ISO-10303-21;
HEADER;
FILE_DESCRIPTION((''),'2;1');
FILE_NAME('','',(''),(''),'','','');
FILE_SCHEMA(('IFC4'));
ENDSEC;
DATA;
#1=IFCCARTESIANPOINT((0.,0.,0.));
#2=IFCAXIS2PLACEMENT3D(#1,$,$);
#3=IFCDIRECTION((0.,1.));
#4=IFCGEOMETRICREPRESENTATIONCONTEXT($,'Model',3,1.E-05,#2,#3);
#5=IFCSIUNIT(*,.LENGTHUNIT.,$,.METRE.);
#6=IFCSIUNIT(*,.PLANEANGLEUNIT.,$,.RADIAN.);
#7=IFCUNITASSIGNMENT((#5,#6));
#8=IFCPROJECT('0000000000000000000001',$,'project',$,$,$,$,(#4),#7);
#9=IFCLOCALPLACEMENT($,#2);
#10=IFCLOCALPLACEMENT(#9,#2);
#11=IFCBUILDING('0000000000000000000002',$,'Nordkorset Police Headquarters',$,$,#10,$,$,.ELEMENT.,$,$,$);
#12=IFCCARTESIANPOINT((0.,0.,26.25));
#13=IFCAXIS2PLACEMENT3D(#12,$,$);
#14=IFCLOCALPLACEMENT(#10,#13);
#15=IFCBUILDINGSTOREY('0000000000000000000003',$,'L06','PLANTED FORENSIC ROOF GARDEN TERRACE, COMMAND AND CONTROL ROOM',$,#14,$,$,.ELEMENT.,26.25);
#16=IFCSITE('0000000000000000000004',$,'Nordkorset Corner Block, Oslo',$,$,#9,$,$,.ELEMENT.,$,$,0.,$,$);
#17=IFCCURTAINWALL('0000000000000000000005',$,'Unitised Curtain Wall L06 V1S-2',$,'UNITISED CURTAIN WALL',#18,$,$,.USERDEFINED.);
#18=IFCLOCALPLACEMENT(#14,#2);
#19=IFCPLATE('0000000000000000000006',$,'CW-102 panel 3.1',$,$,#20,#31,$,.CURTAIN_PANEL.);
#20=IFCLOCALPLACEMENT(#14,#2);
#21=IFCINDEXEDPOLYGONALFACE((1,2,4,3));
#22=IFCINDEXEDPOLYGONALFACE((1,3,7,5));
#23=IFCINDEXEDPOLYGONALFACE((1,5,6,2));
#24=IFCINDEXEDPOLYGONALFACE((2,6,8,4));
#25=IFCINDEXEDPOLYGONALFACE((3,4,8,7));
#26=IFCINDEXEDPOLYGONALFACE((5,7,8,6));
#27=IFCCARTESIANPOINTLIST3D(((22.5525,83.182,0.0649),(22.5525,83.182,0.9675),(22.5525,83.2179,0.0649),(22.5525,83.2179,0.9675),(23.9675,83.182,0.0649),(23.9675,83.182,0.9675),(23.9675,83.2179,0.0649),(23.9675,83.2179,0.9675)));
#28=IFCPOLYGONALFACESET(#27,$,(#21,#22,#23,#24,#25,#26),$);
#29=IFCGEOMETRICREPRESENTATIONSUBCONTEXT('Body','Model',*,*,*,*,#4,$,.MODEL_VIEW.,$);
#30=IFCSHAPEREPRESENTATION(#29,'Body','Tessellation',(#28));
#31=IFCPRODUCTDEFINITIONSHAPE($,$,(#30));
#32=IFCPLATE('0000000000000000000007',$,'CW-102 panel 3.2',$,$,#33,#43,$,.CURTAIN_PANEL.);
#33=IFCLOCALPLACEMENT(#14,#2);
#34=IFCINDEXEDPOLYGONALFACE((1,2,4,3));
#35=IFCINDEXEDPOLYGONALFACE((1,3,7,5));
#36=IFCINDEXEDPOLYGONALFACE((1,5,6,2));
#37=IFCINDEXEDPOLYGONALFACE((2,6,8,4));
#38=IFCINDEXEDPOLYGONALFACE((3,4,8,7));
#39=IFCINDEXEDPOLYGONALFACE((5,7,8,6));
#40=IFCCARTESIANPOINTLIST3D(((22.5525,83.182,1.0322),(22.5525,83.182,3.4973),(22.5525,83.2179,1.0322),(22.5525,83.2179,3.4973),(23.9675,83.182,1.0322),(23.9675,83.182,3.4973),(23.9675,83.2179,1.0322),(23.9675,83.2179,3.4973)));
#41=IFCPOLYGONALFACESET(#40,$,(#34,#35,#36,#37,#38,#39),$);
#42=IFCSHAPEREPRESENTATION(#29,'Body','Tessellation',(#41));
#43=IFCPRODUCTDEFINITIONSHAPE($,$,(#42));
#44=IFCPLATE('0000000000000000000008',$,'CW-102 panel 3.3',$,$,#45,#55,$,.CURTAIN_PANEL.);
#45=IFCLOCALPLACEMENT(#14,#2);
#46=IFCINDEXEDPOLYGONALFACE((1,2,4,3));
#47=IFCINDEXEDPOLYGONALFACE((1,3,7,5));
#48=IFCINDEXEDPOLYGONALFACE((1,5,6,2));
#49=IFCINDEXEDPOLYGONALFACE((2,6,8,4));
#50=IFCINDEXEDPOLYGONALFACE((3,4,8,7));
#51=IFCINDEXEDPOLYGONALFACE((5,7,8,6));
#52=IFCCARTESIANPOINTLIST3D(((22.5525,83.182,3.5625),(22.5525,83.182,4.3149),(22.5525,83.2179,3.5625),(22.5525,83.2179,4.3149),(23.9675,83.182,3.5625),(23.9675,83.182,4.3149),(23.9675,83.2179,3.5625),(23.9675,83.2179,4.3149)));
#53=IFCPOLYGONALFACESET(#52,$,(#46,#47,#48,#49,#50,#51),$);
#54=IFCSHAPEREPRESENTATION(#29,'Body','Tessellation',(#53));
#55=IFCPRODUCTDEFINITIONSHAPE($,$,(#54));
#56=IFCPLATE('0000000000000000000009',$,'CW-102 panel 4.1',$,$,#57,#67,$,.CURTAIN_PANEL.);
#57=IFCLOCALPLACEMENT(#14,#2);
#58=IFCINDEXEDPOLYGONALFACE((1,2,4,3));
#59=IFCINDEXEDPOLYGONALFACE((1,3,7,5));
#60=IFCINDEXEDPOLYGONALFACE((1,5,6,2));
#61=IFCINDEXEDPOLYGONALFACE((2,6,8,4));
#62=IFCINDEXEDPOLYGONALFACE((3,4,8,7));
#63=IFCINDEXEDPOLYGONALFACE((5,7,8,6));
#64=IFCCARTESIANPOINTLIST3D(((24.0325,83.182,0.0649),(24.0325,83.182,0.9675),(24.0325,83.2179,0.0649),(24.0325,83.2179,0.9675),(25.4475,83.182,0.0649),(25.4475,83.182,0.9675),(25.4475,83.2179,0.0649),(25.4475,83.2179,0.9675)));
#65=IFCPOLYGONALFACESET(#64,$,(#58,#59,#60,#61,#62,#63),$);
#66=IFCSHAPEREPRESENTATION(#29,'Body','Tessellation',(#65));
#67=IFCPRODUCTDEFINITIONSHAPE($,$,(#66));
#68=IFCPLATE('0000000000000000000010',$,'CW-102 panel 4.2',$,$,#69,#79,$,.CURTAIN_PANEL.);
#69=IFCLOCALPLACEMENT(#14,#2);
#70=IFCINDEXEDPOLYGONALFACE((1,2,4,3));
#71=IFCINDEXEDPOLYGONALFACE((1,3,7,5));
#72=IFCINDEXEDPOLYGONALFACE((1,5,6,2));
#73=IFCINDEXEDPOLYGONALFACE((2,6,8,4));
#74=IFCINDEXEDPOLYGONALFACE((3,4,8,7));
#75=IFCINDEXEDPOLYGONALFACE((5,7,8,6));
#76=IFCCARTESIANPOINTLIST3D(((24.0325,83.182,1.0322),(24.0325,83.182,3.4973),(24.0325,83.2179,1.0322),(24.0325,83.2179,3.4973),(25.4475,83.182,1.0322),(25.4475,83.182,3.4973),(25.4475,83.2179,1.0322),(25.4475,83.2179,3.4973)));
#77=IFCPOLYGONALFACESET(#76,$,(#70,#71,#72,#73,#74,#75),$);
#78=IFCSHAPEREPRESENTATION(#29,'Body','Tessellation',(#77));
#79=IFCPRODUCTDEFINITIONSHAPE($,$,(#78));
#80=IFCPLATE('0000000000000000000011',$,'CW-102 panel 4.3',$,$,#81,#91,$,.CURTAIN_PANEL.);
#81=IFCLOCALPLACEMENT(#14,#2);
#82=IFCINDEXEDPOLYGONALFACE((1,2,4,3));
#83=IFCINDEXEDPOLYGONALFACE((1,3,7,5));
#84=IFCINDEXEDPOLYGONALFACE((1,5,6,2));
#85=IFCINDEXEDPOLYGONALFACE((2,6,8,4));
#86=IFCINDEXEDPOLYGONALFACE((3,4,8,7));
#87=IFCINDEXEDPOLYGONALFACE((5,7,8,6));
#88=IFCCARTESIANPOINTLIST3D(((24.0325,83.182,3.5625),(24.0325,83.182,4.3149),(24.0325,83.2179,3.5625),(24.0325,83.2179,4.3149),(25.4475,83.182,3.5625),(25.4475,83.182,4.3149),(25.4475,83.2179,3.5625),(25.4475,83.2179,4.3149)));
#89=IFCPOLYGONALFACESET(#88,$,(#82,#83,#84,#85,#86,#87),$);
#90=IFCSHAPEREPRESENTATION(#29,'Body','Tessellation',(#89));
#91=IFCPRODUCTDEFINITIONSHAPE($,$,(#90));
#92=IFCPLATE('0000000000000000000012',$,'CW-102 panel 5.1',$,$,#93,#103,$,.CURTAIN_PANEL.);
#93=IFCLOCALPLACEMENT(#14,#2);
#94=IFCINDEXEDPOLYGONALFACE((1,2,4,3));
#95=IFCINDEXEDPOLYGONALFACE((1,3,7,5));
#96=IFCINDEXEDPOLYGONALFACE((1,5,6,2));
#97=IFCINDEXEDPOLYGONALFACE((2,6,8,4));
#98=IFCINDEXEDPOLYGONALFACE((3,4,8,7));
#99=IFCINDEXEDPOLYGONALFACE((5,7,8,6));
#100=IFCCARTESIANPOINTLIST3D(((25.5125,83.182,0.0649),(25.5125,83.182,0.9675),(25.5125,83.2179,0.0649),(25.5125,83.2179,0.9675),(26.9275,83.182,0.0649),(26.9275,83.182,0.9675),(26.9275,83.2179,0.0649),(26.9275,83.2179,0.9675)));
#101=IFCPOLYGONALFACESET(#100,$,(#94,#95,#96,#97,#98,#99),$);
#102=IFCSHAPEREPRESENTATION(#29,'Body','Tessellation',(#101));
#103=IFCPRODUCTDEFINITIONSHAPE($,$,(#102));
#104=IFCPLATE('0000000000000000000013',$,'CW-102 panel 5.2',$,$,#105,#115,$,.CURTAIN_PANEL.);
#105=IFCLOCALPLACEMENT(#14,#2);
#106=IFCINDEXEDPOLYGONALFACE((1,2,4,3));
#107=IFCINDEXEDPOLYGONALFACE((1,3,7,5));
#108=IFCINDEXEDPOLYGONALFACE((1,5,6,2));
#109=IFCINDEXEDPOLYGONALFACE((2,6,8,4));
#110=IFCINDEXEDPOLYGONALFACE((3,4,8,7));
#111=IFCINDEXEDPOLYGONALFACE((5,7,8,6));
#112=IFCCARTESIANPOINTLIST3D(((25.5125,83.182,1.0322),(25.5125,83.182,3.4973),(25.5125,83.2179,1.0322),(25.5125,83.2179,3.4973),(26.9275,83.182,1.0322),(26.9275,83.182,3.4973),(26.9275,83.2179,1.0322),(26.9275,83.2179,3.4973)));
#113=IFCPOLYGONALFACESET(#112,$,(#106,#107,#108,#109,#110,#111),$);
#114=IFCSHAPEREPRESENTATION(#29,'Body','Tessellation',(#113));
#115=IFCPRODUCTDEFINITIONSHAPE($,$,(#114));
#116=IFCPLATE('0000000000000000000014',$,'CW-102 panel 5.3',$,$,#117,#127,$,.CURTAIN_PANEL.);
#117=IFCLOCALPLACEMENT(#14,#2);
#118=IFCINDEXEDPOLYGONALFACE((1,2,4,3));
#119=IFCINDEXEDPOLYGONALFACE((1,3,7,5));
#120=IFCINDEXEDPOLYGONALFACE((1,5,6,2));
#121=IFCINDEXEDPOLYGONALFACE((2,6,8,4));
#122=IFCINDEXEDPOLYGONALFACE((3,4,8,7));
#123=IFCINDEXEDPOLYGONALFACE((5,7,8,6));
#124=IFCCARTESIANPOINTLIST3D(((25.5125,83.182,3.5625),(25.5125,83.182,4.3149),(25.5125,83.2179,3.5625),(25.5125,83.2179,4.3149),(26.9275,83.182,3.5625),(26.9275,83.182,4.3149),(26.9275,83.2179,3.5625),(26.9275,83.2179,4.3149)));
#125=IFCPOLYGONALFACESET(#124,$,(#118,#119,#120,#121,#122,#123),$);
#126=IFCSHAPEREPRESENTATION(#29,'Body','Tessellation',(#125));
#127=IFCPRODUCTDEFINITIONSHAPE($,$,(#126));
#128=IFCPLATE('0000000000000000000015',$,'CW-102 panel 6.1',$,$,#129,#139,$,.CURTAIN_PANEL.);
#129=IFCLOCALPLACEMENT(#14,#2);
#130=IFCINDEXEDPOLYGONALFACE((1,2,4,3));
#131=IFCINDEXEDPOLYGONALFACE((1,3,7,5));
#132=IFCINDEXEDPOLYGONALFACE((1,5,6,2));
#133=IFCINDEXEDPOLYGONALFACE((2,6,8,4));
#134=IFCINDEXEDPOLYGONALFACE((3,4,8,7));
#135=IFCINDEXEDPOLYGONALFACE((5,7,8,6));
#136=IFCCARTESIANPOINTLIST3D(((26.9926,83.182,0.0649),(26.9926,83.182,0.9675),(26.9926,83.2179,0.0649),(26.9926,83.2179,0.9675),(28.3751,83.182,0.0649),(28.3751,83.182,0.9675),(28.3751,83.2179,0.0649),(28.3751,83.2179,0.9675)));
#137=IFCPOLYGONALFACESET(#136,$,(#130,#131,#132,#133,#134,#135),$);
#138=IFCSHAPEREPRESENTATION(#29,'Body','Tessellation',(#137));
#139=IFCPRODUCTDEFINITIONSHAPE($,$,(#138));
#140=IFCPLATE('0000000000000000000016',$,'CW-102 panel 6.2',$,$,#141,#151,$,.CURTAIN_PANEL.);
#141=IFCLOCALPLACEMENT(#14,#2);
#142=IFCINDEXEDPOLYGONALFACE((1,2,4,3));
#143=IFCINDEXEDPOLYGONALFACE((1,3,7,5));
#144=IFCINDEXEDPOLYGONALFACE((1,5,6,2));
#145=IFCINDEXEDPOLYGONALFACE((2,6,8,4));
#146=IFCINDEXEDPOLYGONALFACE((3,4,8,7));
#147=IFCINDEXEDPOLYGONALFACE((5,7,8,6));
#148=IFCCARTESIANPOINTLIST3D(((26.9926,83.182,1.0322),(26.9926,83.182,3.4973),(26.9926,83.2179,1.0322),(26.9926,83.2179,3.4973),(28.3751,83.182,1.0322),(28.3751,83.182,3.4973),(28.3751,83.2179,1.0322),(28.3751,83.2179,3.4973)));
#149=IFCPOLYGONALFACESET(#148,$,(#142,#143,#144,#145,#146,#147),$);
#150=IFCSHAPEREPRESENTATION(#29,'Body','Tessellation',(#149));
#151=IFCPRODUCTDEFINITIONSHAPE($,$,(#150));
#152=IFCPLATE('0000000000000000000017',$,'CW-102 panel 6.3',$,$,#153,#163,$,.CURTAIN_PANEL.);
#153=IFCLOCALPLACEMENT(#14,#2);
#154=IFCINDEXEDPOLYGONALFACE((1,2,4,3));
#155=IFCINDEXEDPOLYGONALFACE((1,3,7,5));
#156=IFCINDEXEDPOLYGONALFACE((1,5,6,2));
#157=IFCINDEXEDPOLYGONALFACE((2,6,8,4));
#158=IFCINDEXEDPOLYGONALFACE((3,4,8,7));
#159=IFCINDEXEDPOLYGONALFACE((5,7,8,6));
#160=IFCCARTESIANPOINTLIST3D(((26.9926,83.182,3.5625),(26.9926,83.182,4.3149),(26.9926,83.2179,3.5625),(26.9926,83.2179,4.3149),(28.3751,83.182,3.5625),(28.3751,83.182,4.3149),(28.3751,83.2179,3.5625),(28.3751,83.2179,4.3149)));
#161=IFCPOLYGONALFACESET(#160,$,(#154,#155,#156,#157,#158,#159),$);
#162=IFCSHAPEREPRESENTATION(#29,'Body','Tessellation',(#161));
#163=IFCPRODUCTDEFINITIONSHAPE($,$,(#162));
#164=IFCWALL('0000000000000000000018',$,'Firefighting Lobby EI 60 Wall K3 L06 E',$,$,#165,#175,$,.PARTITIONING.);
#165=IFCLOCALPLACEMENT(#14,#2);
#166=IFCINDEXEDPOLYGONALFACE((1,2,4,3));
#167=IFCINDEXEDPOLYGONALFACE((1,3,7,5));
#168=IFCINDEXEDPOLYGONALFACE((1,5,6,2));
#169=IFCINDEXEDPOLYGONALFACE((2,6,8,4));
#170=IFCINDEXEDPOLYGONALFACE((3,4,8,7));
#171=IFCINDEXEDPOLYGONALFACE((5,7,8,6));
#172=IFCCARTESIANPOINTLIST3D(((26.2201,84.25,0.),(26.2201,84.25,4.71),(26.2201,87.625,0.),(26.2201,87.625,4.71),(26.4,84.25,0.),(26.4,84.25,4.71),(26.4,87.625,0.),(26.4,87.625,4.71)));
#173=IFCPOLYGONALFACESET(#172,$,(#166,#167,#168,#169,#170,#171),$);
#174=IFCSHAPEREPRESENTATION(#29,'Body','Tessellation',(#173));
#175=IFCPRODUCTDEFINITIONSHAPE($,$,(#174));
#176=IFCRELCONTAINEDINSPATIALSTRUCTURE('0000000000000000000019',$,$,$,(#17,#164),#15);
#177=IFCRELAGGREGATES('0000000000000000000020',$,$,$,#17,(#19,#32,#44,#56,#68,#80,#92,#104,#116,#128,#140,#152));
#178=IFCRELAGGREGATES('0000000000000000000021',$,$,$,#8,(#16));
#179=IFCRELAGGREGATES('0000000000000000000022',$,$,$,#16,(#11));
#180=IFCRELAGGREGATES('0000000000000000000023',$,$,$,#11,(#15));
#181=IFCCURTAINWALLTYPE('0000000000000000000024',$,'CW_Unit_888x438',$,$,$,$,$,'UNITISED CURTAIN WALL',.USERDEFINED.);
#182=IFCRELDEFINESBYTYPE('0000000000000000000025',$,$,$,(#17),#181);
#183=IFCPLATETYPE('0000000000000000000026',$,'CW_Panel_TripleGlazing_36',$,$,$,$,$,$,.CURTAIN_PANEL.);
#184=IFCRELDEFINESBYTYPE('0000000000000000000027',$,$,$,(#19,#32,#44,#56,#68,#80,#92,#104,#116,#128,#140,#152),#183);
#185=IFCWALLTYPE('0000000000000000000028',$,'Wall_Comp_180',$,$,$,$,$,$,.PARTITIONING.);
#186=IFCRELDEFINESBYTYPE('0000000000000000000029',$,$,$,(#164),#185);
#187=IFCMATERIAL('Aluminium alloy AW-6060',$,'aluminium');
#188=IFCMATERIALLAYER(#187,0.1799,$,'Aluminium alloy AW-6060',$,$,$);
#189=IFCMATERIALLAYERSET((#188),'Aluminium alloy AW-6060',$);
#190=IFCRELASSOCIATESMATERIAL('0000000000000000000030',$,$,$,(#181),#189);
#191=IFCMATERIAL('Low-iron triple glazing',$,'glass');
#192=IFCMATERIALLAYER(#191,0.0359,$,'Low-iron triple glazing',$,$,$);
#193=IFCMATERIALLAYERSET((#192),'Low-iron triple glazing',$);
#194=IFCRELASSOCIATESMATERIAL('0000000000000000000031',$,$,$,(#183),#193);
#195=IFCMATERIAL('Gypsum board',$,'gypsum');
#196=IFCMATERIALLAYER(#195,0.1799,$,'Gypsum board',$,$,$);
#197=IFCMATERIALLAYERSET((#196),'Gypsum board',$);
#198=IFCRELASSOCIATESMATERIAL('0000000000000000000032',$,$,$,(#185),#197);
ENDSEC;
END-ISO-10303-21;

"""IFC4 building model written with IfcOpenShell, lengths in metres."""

from ifc_helpers import new_model, si_unit, direction, frame, frame_2d, origin, origin_2d, place, context, subcontext, project, spatial, rectangle, extrude, material, layer, layer_set, type_object, element, aggregate, save


model = new_model("IFC4")

# Units and contexts
model_context = context("Model", 3, precision=1e-05, world=origin(), true_north=direction((0.0, 1.0)))
body_context = subcontext(model_context, "Body", "Model", "MODEL_VIEW")
ifc_project = project(units=[si_unit("LENGTHUNIT", "METRE"), si_unit("PLANEANGLEUNIT", "RADIAN")], contexts=[model_context])

# Site, building, storey
site_placement = place(None, origin())
site = spatial("IfcSite", under=ifc_project, at=site_placement, Name="Nordkorset Corner Block, Oslo", CompositionType="ELEMENT", RefElevation=0.0)
building_placement = place(site_placement, origin())
building = spatial("IfcBuilding", under=site, at=building_placement, Name="Nordkorset Police Headquarters", CompositionType="ELEMENT")
storey_placement = place(building_placement, frame((0.0, 0.0, 26.25)))
storey = spatial("IfcBuildingStorey", under=building, at=storey_placement, Name="L06", Description="PLANTED FORENSIC ROOF GARDEN TERRACE, COMMAND AND CONTROL ROOM", CompositionType="ELEMENT", Elevation=26.25)

# Curtain wall
ifc_material_1 = material(Name="Aluminium alloy AW-6060", Category="aluminium")
ifc_layer_1 = layer(ifc_material_1, 0.1799, Name="Aluminium alloy AW-6060")
ifc_layer_set_1 = layer_set([ifc_layer_1], Name="Aluminium alloy AW-6060")
curtain_wall_type_1 = type_object("IfcCurtainWallType", Name="CW_Unit_888x438", ElementType="UNITISED CURTAIN WALL", PredefinedType="USERDEFINED", material=ifc_layer_set_1)
curtain_wall_1_placement = place(storey_placement, origin())
curtain_wall_1 = element("IfcCurtainWall", 1, at=curtain_wall_1_placement, inside=storey, type_object=curtain_wall_type_1, Name="Unitised Curtain Wall L06 V1S-2", ObjectType="UNITISED CURTAIN WALL", PredefinedType="USERDEFINED")

# Plates
ifc_material_2 = material(Name="Low-iron triple glazing", Category="glass")
ifc_layer_2 = layer(ifc_material_2, 0.0359, Name="Low-iron triple glazing")
ifc_layer_set_2 = layer_set([ifc_layer_2], Name="Low-iron triple glazing")
plate_type = type_object("IfcPlateType", Name="CW_Panel_TripleGlazing_36", PredefinedType="CURTAIN_PANEL", material=ifc_layer_set_2)
plate_1_placement = place(storey_placement, frame((23.26, 83.2, 0.0649), z_axis=(0.0, 0.0, 1.0), x_axis=(1.0, 0.0, 0.0)))
plate_1 = element("IfcPlate", 2, at=plate_1_placement, type_object=plate_type, Name="CW-102 panel 3.1", PredefinedType="CURTAIN_PANEL", context=body_context, shape_type="SweptSolid", body=[
    extrude(rectangle(XDim=1.415, YDim=0.0359, at=origin_2d()), origin(), (0.0, 0.0, 1.0), 0.9026),
])
plate_2_placement = place(storey_placement, frame((23.26, 83.2, 1.0322), z_axis=(0.0, 0.0, 1.0), x_axis=(1.0, 0.0, 0.0)))
plate_2 = element("IfcPlate", 3, at=plate_2_placement, type_object=plate_type, Name="CW-102 panel 3.2", PredefinedType="CURTAIN_PANEL", context=body_context, shape_type="SweptSolid", body=[
    extrude(rectangle(XDim=1.415, YDim=0.0359, at=origin_2d()), origin(), (0.0, 0.0, 1.0), 2.4651),
])
plate_3_placement = place(storey_placement, frame((23.26, 83.2, 3.5625), z_axis=(0.0, 0.0, 1.0), x_axis=(1.0, 0.0, 0.0)))
plate_3 = element("IfcPlate", 4, at=plate_3_placement, type_object=plate_type, Name="CW-102 panel 3.3", PredefinedType="CURTAIN_PANEL", context=body_context, shape_type="SweptSolid", body=[
    extrude(rectangle(XDim=1.415, YDim=0.0359, at=origin_2d()), origin(), (0.0, 0.0, 1.0), 0.7524),
])
plate_4_placement = place(storey_placement, frame((24.74, 83.2, 0.0649), z_axis=(0.0, 0.0, 1.0), x_axis=(1.0, 0.0, 0.0)))
plate_4 = element("IfcPlate", 5, at=plate_4_placement, type_object=plate_type, Name="CW-102 panel 4.1", PredefinedType="CURTAIN_PANEL", context=body_context, shape_type="SweptSolid", body=[
    extrude(rectangle(XDim=1.415, YDim=0.0359, at=origin_2d()), origin(), (0.0, 0.0, 1.0), 0.9026),
])
plate_5_placement = place(storey_placement, frame((24.74, 83.2, 1.0322), z_axis=(0.0, 0.0, 1.0), x_axis=(1.0, 0.0, 0.0)))
plate_5 = element("IfcPlate", 6, at=plate_5_placement, type_object=plate_type, Name="CW-102 panel 4.2", PredefinedType="CURTAIN_PANEL", context=body_context, shape_type="SweptSolid", body=[
    extrude(rectangle(XDim=1.415, YDim=0.0359, at=origin_2d()), origin(), (0.0, 0.0, 1.0), 2.4651),
])
plate_6_placement = place(storey_placement, frame((24.74, 83.2, 3.5625), z_axis=(0.0, 0.0, 1.0), x_axis=(1.0, 0.0, 0.0)))
plate_6 = element("IfcPlate", 7, at=plate_6_placement, type_object=plate_type, Name="CW-102 panel 4.3", PredefinedType="CURTAIN_PANEL", context=body_context, shape_type="SweptSolid", body=[
    extrude(rectangle(XDim=1.415, YDim=0.0359, at=origin_2d()), origin(), (0.0, 0.0, 1.0), 0.7524),
])
plate_7_placement = place(storey_placement, frame((26.22, 83.2, 0.0649), z_axis=(0.0, 0.0, 1.0), x_axis=(1.0, 0.0, 0.0)))
plate_7 = element("IfcPlate", 8, at=plate_7_placement, type_object=plate_type, Name="CW-102 panel 5.1", PredefinedType="CURTAIN_PANEL", context=body_context, shape_type="SweptSolid", body=[
    extrude(rectangle(XDim=1.415, YDim=0.0359, at=origin_2d()), origin(), (0.0, 0.0, 1.0), 0.9026),
])
plate_8_placement = place(storey_placement, frame((26.22, 83.2, 1.0322), z_axis=(0.0, 0.0, 1.0), x_axis=(1.0, 0.0, 0.0)))
plate_8 = element("IfcPlate", 9, at=plate_8_placement, type_object=plate_type, Name="CW-102 panel 5.2", PredefinedType="CURTAIN_PANEL", context=body_context, shape_type="SweptSolid", body=[
    extrude(rectangle(XDim=1.415, YDim=0.0359, at=origin_2d()), origin(), (0.0, 0.0, 1.0), 2.4651),
])
plate_9_placement = place(storey_placement, frame((26.22, 83.2, 3.5625), z_axis=(0.0, 0.0, 1.0), x_axis=(1.0, 0.0, 0.0)))
plate_9 = element("IfcPlate", 10, at=plate_9_placement, type_object=plate_type, Name="CW-102 panel 5.3", PredefinedType="CURTAIN_PANEL", context=body_context, shape_type="SweptSolid", body=[
    extrude(rectangle(XDim=1.415, YDim=0.0359, at=origin_2d()), origin(), (0.0, 0.0, 1.0), 0.7524),
])
plate_10_placement = place(storey_placement, frame((27.6838, 83.2, 0.0649), z_axis=(0.0, 0.0, 1.0), x_axis=(1.0, 0.0, 0.0)))
plate_10 = element("IfcPlate", 11, at=plate_10_placement, type_object=plate_type, Name="CW-102 panel 6.1", PredefinedType="CURTAIN_PANEL", context=body_context, shape_type="SweptSolid", body=[
    extrude(rectangle(XDim=1.3826, YDim=0.0359, at=origin_2d()), origin(), (0.0, 0.0, 1.0), 0.9026),
])
plate_11_placement = place(storey_placement, frame((27.6838, 83.2, 1.0322), z_axis=(0.0, 0.0, 1.0), x_axis=(1.0, 0.0, 0.0)))
plate_11 = element("IfcPlate", 12, at=plate_11_placement, type_object=plate_type, Name="CW-102 panel 6.2", PredefinedType="CURTAIN_PANEL", context=body_context, shape_type="SweptSolid", body=[
    extrude(rectangle(XDim=1.3826, YDim=0.0359, at=origin_2d()), origin(), (0.0, 0.0, 1.0), 2.4651),
])
plate_12_placement = place(storey_placement, frame((27.6838, 83.2, 3.5625), z_axis=(0.0, 0.0, 1.0), x_axis=(1.0, 0.0, 0.0)))
plate_12 = element("IfcPlate", 13, at=plate_12_placement, type_object=plate_type, Name="CW-102 panel 6.3", PredefinedType="CURTAIN_PANEL", context=body_context, shape_type="SweptSolid", body=[
    extrude(rectangle(XDim=1.3826, YDim=0.0359, at=origin_2d()), origin(), (0.0, 0.0, 1.0), 0.7524),
])
aggregate(curtain_wall_1, [plate_1, plate_2, plate_3, plate_4, plate_5, plate_6, plate_7, plate_8, plate_9, plate_10, plate_11, plate_12])

# Wall
ifc_material_3 = material(Name="Gypsum board", Category="gypsum")
ifc_layer_3 = layer(ifc_material_3, 0.1799, Name="Gypsum board")
ifc_layer_set_3 = layer_set([ifc_layer_3], Name="Gypsum board")
wall_type = type_object("IfcWallType", Name="Wall_Comp_180", PredefinedType="PARTITIONING", material=ifc_layer_set_3)
wall_placement = place(storey_placement, frame((26.3101, 84.25, 0.0), z_axis=(0.0, 0.0, 1.0), x_axis=(0.0, 1.0, 0.0)))
element("IfcWall", 14, at=wall_placement, inside=storey, type_object=wall_type, Name="Firefighting Lobby EI 60 Wall K3 L06 E", PredefinedType="PARTITIONING", context=body_context, shape_type="SweptSolid", body=[
    extrude(rectangle(XDim=3.375, YDim=0.1799, at=frame_2d((1.6875, 0.0))), origin(), (0.0, 0.0, 1.0), 4.71),
])

save(model, "model.ifc")
